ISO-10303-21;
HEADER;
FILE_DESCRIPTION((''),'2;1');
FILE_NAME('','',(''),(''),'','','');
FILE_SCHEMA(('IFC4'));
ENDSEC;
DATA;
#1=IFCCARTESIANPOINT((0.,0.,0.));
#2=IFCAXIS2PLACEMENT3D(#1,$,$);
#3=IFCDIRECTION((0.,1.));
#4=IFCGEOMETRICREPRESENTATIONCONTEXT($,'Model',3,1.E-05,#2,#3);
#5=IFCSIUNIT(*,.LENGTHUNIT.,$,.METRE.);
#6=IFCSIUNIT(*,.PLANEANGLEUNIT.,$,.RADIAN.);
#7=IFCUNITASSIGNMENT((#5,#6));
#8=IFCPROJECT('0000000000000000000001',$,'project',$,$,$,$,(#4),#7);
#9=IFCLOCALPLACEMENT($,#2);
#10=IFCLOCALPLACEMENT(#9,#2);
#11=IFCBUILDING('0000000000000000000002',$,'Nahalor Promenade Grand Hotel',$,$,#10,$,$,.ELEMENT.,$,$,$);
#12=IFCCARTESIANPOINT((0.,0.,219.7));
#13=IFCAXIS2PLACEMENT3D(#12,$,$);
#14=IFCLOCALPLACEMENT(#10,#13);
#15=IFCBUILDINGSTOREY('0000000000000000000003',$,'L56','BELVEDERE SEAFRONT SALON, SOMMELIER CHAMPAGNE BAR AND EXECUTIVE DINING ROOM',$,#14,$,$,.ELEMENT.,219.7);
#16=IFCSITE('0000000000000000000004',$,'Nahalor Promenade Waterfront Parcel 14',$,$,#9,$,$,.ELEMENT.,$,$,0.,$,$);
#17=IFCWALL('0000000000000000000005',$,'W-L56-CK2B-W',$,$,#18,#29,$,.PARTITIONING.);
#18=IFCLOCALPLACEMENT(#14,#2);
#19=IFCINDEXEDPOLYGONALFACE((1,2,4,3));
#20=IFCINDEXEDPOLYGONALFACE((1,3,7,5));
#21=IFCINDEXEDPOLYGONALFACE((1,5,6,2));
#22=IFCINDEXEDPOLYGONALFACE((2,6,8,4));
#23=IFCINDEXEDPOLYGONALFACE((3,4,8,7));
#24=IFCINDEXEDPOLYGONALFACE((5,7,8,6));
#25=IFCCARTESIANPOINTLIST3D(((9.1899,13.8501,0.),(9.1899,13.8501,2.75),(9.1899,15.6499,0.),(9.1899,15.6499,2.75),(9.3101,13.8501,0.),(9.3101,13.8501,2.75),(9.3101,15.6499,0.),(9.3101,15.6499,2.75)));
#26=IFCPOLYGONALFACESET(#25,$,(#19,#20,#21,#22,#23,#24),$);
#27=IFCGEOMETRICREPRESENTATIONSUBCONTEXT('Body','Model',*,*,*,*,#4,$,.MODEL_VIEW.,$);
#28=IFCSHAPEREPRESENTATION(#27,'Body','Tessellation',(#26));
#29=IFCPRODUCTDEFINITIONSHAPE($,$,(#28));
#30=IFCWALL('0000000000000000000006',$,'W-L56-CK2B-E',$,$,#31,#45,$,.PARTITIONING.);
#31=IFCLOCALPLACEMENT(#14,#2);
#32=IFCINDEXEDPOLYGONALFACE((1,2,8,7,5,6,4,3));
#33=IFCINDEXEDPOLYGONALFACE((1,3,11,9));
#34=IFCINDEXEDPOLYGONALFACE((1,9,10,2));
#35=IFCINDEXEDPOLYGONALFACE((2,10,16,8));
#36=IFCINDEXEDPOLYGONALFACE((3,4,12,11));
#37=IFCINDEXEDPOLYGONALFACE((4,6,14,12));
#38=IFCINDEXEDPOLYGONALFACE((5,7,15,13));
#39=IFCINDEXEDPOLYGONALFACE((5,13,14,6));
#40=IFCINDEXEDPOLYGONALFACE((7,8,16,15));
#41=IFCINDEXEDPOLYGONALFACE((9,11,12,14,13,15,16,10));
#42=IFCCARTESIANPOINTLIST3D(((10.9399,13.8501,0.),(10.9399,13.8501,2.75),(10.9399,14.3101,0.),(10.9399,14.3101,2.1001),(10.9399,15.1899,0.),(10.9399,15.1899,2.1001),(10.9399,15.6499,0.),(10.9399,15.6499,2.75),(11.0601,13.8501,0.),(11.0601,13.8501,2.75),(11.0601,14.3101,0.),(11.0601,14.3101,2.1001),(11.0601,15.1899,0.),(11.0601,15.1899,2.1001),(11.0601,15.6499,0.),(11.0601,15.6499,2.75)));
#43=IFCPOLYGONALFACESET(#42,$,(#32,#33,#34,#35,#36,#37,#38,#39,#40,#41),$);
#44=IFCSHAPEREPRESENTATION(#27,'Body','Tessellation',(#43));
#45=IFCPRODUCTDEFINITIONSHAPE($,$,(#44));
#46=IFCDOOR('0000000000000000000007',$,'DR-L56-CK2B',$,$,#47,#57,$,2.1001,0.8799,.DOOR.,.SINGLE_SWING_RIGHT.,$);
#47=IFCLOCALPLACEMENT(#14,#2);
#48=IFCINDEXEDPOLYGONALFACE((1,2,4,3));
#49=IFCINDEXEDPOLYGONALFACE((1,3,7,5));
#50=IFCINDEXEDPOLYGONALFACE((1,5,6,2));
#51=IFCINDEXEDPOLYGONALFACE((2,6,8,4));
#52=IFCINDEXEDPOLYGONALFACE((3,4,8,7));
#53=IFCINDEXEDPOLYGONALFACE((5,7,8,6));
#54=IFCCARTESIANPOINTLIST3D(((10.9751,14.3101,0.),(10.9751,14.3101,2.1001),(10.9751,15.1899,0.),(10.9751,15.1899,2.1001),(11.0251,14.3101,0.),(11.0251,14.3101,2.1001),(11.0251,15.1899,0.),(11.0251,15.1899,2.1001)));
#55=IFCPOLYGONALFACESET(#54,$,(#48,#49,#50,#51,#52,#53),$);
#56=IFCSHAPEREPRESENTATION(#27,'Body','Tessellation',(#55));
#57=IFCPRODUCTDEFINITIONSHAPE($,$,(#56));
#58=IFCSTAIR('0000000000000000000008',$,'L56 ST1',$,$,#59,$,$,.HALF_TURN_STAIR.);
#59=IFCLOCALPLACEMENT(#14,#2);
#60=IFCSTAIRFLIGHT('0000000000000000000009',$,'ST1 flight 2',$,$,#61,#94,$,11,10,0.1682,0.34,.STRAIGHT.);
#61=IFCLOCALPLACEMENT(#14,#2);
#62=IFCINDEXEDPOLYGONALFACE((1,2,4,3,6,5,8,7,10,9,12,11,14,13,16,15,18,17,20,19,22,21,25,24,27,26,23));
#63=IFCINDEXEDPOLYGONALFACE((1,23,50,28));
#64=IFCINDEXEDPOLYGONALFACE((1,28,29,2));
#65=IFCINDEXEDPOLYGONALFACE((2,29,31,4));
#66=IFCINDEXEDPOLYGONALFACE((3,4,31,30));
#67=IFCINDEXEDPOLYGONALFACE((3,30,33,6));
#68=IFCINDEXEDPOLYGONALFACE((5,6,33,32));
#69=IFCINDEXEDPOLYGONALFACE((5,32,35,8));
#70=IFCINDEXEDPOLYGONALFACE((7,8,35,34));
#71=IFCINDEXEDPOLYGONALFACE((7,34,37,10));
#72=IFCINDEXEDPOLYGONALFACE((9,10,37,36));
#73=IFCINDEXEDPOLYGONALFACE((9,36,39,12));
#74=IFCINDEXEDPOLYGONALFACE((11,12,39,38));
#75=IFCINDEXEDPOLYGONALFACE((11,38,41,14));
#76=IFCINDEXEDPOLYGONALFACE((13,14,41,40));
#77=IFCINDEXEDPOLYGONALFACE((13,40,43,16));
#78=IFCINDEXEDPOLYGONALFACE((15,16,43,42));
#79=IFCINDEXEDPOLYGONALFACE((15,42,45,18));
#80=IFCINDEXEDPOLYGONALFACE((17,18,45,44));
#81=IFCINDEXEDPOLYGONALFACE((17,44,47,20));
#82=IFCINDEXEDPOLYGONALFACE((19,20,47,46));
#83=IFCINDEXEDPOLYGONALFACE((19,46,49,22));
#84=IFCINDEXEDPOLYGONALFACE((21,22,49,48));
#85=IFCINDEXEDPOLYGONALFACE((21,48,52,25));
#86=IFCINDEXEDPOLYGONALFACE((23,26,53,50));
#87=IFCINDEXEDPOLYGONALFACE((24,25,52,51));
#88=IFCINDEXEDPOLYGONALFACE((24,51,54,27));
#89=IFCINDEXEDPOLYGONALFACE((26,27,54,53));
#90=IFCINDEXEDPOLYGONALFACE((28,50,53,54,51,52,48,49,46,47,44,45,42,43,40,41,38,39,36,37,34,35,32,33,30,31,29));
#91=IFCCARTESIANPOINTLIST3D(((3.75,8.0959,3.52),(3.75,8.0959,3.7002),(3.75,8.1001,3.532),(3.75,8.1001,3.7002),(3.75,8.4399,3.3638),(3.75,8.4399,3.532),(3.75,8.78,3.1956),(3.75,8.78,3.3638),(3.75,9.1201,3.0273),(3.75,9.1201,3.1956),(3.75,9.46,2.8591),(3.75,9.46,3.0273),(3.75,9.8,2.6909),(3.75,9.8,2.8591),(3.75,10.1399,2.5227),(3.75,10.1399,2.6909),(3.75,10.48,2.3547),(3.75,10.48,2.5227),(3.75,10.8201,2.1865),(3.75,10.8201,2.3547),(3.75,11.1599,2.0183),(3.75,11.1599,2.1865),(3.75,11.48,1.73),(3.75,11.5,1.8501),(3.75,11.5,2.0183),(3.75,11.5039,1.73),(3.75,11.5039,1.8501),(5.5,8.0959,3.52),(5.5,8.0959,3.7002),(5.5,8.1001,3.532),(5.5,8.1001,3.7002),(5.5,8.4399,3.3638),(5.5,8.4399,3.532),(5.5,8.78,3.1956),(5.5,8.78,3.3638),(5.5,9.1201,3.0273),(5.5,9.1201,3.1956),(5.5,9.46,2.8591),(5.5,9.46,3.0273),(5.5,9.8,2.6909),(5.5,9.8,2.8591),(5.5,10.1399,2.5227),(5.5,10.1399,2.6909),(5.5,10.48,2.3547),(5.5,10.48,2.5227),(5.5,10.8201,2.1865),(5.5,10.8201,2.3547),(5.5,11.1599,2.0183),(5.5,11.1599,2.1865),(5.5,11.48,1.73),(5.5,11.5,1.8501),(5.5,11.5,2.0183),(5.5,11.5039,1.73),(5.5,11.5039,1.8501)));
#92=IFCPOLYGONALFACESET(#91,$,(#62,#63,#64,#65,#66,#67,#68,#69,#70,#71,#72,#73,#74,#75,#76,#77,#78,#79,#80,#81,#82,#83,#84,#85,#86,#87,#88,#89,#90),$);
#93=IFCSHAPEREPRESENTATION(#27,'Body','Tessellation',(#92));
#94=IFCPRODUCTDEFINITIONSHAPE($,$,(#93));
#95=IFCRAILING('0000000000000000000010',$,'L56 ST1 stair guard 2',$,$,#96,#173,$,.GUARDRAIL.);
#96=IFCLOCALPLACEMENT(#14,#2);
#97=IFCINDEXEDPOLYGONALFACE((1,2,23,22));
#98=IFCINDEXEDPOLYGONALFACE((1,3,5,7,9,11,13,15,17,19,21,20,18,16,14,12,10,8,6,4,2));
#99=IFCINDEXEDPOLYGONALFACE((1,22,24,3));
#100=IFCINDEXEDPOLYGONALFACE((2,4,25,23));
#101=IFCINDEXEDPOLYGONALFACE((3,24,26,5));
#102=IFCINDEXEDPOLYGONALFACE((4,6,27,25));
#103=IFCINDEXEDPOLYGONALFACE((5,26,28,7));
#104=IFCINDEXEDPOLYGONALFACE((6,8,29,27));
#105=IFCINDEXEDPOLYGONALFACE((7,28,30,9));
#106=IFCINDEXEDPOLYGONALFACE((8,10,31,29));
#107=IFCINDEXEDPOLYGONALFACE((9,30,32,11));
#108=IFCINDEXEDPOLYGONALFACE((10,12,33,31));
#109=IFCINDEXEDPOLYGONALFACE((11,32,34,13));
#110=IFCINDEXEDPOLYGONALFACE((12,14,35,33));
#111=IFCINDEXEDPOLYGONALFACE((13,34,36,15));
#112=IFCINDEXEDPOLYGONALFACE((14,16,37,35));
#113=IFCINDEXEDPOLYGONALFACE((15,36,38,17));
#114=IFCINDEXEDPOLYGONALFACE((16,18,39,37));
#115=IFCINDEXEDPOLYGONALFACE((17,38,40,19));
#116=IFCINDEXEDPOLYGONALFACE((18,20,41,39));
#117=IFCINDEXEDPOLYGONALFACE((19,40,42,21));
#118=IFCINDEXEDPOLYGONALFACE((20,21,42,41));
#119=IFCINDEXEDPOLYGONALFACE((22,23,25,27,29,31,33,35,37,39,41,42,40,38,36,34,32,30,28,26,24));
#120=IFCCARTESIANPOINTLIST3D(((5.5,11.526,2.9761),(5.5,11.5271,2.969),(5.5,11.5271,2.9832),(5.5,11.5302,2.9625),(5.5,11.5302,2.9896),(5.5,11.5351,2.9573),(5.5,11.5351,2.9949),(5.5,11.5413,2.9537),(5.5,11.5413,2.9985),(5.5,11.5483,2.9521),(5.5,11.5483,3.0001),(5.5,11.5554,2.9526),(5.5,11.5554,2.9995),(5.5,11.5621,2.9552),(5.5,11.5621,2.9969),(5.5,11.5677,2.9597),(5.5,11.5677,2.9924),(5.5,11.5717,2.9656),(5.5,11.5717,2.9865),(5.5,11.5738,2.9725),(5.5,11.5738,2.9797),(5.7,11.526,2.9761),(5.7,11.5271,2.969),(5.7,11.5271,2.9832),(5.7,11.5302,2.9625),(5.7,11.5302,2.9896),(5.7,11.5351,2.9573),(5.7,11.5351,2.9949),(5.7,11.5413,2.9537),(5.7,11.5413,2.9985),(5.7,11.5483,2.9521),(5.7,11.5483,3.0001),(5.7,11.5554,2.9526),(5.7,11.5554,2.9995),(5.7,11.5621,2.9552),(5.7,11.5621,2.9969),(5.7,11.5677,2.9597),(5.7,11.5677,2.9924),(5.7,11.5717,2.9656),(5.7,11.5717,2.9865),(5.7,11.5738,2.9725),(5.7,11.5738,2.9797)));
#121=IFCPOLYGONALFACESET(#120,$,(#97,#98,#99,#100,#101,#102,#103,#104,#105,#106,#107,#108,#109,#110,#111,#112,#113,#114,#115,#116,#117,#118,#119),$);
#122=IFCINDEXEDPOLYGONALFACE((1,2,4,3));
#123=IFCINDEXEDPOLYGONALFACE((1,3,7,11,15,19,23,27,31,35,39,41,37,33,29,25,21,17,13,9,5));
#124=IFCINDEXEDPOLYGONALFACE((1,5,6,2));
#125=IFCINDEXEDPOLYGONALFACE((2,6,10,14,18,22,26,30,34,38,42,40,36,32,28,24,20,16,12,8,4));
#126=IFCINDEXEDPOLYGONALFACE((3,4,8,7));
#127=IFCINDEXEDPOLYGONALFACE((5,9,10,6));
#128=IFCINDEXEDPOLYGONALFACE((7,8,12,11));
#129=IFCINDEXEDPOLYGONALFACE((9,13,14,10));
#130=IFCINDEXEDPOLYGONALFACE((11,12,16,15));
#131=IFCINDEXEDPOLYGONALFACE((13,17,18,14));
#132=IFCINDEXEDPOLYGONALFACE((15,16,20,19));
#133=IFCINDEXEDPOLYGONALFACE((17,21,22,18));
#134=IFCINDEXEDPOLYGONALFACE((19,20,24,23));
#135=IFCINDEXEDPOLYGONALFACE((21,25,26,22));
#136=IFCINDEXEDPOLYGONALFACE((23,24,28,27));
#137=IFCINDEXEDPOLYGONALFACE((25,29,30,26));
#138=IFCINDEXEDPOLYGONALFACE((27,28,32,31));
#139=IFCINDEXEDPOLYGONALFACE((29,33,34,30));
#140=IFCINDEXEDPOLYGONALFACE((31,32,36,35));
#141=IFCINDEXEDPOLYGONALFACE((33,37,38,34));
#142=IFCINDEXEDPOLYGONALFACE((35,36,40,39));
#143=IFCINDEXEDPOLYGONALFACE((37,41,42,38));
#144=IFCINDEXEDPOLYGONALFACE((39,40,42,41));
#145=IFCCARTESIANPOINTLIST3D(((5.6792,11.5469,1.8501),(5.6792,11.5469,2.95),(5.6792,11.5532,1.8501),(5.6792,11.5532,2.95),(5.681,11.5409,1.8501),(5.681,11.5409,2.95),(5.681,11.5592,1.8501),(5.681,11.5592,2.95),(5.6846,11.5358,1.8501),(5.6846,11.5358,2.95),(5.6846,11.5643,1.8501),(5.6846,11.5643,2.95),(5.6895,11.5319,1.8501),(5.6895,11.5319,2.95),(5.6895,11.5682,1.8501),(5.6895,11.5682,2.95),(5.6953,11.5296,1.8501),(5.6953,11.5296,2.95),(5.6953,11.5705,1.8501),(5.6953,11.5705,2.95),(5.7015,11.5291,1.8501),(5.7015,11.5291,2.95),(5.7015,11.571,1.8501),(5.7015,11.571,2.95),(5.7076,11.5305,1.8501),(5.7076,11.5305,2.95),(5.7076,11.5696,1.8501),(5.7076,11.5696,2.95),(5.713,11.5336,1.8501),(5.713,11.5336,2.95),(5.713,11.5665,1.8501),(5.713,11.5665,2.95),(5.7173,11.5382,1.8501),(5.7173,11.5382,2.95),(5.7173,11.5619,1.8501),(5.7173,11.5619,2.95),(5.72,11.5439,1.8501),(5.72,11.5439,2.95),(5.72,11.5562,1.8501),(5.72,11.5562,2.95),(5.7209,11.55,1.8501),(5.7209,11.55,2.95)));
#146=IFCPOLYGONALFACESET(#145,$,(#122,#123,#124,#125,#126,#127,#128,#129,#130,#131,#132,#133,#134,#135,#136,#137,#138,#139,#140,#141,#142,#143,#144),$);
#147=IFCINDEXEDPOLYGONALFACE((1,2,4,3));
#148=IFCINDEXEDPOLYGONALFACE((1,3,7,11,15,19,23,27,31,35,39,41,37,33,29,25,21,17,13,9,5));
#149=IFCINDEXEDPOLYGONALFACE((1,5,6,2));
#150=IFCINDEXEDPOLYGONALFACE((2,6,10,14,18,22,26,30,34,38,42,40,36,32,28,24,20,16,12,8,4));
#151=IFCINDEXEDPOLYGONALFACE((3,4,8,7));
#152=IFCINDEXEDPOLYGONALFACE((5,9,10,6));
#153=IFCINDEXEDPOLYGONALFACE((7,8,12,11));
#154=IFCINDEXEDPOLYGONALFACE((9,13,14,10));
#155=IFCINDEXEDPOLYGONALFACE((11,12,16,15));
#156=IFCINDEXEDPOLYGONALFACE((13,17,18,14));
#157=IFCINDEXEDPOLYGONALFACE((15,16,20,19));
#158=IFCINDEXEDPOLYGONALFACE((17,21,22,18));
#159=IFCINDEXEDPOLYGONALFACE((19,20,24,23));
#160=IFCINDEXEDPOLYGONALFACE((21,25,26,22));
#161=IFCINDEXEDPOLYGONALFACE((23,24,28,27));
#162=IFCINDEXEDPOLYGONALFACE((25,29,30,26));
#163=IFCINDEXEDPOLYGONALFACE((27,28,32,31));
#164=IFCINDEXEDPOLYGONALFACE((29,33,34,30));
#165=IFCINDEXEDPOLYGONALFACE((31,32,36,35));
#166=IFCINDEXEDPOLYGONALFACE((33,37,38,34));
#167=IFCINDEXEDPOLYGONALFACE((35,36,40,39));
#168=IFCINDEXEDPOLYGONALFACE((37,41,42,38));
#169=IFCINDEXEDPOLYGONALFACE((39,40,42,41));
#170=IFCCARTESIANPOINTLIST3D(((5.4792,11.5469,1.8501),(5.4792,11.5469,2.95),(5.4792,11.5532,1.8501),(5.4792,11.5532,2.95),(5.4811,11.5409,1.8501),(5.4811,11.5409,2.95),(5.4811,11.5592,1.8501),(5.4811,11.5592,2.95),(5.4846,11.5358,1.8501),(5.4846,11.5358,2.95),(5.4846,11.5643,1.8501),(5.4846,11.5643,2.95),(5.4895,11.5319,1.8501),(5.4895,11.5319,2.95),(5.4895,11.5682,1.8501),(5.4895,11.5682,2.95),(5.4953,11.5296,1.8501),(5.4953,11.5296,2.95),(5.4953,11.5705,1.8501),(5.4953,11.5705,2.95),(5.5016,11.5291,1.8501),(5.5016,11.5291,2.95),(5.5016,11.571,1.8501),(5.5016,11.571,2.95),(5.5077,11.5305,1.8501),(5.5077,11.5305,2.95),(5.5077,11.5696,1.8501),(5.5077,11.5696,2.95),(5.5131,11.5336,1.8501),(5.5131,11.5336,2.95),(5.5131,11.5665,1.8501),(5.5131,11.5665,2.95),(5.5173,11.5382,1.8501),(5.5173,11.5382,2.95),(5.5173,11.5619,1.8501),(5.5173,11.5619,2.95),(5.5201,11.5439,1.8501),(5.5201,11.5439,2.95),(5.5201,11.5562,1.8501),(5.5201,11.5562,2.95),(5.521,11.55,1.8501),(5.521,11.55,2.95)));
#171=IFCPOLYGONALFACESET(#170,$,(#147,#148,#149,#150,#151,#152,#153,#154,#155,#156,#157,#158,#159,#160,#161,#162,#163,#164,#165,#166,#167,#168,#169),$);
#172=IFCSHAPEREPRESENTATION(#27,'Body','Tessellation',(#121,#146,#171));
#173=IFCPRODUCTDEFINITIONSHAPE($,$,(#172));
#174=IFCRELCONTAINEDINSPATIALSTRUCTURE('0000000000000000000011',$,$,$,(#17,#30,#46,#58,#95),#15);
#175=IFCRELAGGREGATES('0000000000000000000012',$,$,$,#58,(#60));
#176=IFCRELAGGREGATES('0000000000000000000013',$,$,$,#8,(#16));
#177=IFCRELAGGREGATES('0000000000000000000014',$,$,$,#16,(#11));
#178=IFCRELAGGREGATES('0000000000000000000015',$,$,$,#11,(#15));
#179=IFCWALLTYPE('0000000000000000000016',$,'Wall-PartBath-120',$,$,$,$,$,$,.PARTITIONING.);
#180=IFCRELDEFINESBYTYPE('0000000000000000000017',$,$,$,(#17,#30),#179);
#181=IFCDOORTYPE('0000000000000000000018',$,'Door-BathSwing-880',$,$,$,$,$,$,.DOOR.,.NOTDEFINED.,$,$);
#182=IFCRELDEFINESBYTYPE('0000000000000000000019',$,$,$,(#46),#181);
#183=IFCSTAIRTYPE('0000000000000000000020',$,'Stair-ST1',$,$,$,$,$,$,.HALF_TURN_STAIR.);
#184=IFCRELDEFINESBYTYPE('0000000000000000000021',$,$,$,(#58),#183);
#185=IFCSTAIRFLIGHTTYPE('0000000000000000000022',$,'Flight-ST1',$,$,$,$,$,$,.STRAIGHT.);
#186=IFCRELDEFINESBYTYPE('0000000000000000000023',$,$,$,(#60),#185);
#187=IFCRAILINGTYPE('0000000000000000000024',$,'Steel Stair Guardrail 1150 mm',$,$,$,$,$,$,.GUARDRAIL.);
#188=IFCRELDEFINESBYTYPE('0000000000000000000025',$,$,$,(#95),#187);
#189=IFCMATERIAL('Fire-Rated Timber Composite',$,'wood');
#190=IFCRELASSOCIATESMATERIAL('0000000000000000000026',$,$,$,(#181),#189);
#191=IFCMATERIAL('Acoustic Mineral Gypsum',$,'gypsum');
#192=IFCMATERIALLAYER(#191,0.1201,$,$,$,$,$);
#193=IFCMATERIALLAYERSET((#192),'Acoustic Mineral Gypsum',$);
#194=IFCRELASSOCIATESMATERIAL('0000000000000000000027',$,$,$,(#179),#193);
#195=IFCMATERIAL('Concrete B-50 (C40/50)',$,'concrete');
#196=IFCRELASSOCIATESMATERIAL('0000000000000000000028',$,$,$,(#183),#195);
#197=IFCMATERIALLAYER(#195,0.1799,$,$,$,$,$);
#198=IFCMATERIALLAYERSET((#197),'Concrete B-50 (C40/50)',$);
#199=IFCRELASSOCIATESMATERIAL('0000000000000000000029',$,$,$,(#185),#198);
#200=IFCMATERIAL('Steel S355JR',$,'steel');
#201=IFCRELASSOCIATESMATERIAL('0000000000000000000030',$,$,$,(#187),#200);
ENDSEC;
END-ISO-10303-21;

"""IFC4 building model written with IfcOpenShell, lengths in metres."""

from ifc_helpers import new_model, si_unit, direction, frame, frame_2d, origin, origin_2d, place, context, subcontext, project, spatial, polyline, rectangle, circle, outline, extrude, source, transform, mapped, material, layer, layer_set, type_object, element, fill, aggregate, save


model = new_model("IFC4")

# Units and contexts
model_context = context("Model", 3, precision=1e-05, world=origin(), true_north=direction((0.0, 1.0)))
body_context = subcontext(model_context, "Body", "Model", "MODEL_VIEW")
ifc_project = project(units=[si_unit("LENGTHUNIT", "METRE"), si_unit("PLANEANGLEUNIT", "RADIAN")], contexts=[model_context])

# Site, building, storey
site_placement = place(None, origin())
site = spatial("IfcSite", under=ifc_project, at=site_placement, Name="Nahalor Promenade Waterfront Parcel 14", CompositionType="ELEMENT", RefElevation=0.0)
building_placement = place(site_placement, origin())
building = spatial("IfcBuilding", under=site, at=building_placement, Name="Nahalor Promenade Grand Hotel", CompositionType="ELEMENT")
storey_placement = place(building_placement, frame((0.0, 0.0, 219.7)))
storey = spatial("IfcBuildingStorey", under=building, at=storey_placement, Name="L56", Description="BELVEDERE SEAFRONT SALON, SOMMELIER CHAMPAGNE BAR AND EXECUTIVE DINING ROOM", CompositionType="ELEMENT", Elevation=219.7)

# Shared definitions
ifc_material_1 = material(Name="Steel S355JR", Category="steel")

# Shared definitions
ifc_material_2 = material(Name="Concrete B-50 (C40/50)", Category="concrete")
ifc_material_3 = material(Name="Acoustic Mineral Gypsum", Category="gypsum")

# Shared definitions
ifc_material_4 = material(Name="Fire-Rated Timber Composite", Category="wood")
door_type = type_object("IfcDoorType", Name="Door-BathSwing-880", OperationType="NOTDEFINED", PredefinedType="DOOR", material=ifc_material_4)
shared_shape_1 = source(origin(), body_context, "Body", "SweptSolid", [
    extrude(rectangle(XDim=0.8799, YDim=2.1001, at=frame_2d((0.4399, 1.05))), frame((0.0, 0.0249, 0.0), z_axis=(0.0, -1.0, 0.0), x_axis=(1.0, 0.0, 0.0)), (0.0, 0.0, 1.0), 0.05),
])

# Wall
ifc_layer_1 = layer(ifc_material_3, 0.1201)
ifc_layer_set_1 = layer_set([ifc_layer_1], Name="Acoustic Mineral Gypsum")
wall_type_1 = type_object("IfcWallType", Name="Wall-PartBath-120", PredefinedType="PARTITIONING", material=ifc_layer_set_1)
shared_shape_2 = source(origin(), body_context, "Body", "SweptSolid", [
    extrude(rectangle(XDim=1.7998, YDim=0.1201, at=frame_2d((0.8999, 0.0))), origin(), (0.0, 0.0, 1.0), 2.75),
])
wall_1_placement = place(storey_placement, frame((9.25, 13.8501, 0.0), z_axis=(0.0, 0.0, 1.0), x_axis=(0.0, 1.0, 0.0)))
element("IfcWall", 1, at=wall_1_placement, inside=storey, type_object=wall_type_1, Name="W-L56-CK2B-W", PredefinedType="PARTITIONING", context=body_context, shape_type="MappedRepresentation", body=[
    mapped(shared_shape_2, transform((0.0, 0.0, 0.0), scale=1.0)),
])

# Wall, opening, door
wall_2_placement = place(storey_placement, frame((11.0, 13.8501, 0.0), z_axis=(0.0, 0.0, 1.0), x_axis=(0.0, 1.0, 0.0)))
wall_2 = element("IfcWall", 2, at=wall_2_placement, inside=storey, type_object=wall_type_1, Name="W-L56-CK2B-E", PredefinedType="PARTITIONING", context=body_context, shape_type="MappedRepresentation", body=[
    mapped(shared_shape_2, transform((0.0, 0.0, 0.0), scale=1.0)),
])
opening_1_placement = place(wall_2_placement, frame((0.46, 0.0, 0.0)))
opening_1 = element("IfcOpeningElement", 3, at=opening_1_placement, cuts=wall_2, PredefinedType="OPENING", context=body_context, shape_type="SweptSolid", body=[
    extrude(rectangle(XDim=0.8799, YDim=2.1001, at=frame_2d((0.4399, 1.05))), frame((0.0, 0.0701, 0.0), z_axis=(0.0, -1.0, 0.0), x_axis=(1.0, 0.0, 0.0)), (0.0, 0.0, 1.0), 0.1401),
])
door_1_placement = place(opening_1_placement, origin())
door_1 = element("IfcDoor", 4, at=door_1_placement, inside=storey, type_object=door_type, Name="DR-L56-CK2B", OperationType="SINGLE_SWING_RIGHT", OverallHeight=2.1001, OverallWidth=0.8799, PredefinedType="DOOR", context=body_context, shape_type="MappedRepresentation", body=[
    mapped(shared_shape_1, transform((0.0, 0.0, 0.0), scale=1.0)),
])
fill(opening_1, door_1)

# Stair, stair flight
stair_type = type_object("IfcStairType", Name="Stair-ST1", PredefinedType="HALF_TURN_STAIR", material=ifc_material_2)
stair_placement = place(storey_placement, origin())
stair = element("IfcStair", 5, at=stair_placement, inside=storey, type_object=stair_type, Name="L56 ST1", PredefinedType="HALF_TURN_STAIR")
ifc_layer_2 = layer(ifc_material_2, 0.1799)
ifc_layer_set_2 = layer_set([ifc_layer_2], Name="Concrete B-50 (C40/50)")
stair_flight_type = type_object("IfcStairFlightType", Name="Flight-ST1", PredefinedType="STRAIGHT", material=ifc_layer_set_2)
shared_shape_3 = source(origin(), body_context, "Body", "SweptSolid", [
    extrude(outline(polyline([(-0.0039, -0.1201), (-0.0039, 0.0), (0.0, 0.0), (0.0, 0.1682), (0.3401, 0.1682), (0.3401, 0.3364), (0.6799, 0.3364), (0.6799, 0.5046), (1.02, 0.5046), (1.02, 0.6726), (1.3601, 0.6726), (1.3601, 0.8408), (1.7, 0.8408), (1.7, 1.009), (2.04, 1.009), (2.04, 1.1772), (2.3799, 1.1772), (2.3799, 1.3455), (2.72, 1.3455), (2.72, 1.5137), (3.0601, 1.5137), (3.0601, 1.6819), (3.3999, 1.6819), (3.3999, 1.8501), (3.4041, 1.8501), (3.4041, 1.6699), (0.02, -0.1201), (-0.0039, -0.1201)])), frame((0.0, 0.875, 0.0), z_axis=(0.0, -1.0, 0.0), x_axis=(1.0, 0.0, 0.0)), (0.0, 0.0, 1.0), 1.75),
])
stair_flight_placement = place(storey_placement, frame((4.625, 11.5, 1.8501), z_axis=(0.0, 0.0, 1.0), x_axis=(0.0, -1.0, 0.0)))
stair_flight = element("IfcStairFlight", 6, at=stair_flight_placement, type_object=stair_flight_type, Name="ST1 flight 2", NumberOfRisers=11, NumberOfTreads=10, PredefinedType="STRAIGHT", RiserHeight=0.1682, TreadLength=0.34, context=body_context, shape_type="MappedRepresentation", body=[
    mapped(shared_shape_3, transform((0.0, 0.0, 0.0), scale=1.0)),
])
aggregate(stair, [stair_flight])

# Railing
railing_type_1 = type_object("IfcRailingType", Name="Steel Stair Guardrail 1150 mm", PredefinedType="GUARDRAIL", material=ifc_material_1)
railing_1_placement = place(storey_placement, frame((5.7, 11.55, 1.8501)))
element("IfcRailing", 7, at=railing_1_placement, inside=storey, type_object=railing_type_1, Name="L56 ST1 stair guard 2", PredefinedType="GUARDRAIL", context=body_context, shape_type="SweptSolid", body=[
    extrude(circle(Radius=0.024, at=origin_2d()), frame((0.0, 0.0, 1.126), z_axis=(-1.0, 0.0, 0.0), x_axis=(0.0, -1.0, 0.0)), (0.0, 0.0, 1.0), 0.2),
    extrude(circle(Radius=0.021, at=origin_2d()), origin(), (0.0, 0.0, 1.0), 1.0999),
    extrude(circle(Radius=0.021, at=origin_2d()), frame((-0.2, 0.0, 0.0)), (0.0, 0.0, 1.0), 1.0999),
])

save(model, "model.ifc")
